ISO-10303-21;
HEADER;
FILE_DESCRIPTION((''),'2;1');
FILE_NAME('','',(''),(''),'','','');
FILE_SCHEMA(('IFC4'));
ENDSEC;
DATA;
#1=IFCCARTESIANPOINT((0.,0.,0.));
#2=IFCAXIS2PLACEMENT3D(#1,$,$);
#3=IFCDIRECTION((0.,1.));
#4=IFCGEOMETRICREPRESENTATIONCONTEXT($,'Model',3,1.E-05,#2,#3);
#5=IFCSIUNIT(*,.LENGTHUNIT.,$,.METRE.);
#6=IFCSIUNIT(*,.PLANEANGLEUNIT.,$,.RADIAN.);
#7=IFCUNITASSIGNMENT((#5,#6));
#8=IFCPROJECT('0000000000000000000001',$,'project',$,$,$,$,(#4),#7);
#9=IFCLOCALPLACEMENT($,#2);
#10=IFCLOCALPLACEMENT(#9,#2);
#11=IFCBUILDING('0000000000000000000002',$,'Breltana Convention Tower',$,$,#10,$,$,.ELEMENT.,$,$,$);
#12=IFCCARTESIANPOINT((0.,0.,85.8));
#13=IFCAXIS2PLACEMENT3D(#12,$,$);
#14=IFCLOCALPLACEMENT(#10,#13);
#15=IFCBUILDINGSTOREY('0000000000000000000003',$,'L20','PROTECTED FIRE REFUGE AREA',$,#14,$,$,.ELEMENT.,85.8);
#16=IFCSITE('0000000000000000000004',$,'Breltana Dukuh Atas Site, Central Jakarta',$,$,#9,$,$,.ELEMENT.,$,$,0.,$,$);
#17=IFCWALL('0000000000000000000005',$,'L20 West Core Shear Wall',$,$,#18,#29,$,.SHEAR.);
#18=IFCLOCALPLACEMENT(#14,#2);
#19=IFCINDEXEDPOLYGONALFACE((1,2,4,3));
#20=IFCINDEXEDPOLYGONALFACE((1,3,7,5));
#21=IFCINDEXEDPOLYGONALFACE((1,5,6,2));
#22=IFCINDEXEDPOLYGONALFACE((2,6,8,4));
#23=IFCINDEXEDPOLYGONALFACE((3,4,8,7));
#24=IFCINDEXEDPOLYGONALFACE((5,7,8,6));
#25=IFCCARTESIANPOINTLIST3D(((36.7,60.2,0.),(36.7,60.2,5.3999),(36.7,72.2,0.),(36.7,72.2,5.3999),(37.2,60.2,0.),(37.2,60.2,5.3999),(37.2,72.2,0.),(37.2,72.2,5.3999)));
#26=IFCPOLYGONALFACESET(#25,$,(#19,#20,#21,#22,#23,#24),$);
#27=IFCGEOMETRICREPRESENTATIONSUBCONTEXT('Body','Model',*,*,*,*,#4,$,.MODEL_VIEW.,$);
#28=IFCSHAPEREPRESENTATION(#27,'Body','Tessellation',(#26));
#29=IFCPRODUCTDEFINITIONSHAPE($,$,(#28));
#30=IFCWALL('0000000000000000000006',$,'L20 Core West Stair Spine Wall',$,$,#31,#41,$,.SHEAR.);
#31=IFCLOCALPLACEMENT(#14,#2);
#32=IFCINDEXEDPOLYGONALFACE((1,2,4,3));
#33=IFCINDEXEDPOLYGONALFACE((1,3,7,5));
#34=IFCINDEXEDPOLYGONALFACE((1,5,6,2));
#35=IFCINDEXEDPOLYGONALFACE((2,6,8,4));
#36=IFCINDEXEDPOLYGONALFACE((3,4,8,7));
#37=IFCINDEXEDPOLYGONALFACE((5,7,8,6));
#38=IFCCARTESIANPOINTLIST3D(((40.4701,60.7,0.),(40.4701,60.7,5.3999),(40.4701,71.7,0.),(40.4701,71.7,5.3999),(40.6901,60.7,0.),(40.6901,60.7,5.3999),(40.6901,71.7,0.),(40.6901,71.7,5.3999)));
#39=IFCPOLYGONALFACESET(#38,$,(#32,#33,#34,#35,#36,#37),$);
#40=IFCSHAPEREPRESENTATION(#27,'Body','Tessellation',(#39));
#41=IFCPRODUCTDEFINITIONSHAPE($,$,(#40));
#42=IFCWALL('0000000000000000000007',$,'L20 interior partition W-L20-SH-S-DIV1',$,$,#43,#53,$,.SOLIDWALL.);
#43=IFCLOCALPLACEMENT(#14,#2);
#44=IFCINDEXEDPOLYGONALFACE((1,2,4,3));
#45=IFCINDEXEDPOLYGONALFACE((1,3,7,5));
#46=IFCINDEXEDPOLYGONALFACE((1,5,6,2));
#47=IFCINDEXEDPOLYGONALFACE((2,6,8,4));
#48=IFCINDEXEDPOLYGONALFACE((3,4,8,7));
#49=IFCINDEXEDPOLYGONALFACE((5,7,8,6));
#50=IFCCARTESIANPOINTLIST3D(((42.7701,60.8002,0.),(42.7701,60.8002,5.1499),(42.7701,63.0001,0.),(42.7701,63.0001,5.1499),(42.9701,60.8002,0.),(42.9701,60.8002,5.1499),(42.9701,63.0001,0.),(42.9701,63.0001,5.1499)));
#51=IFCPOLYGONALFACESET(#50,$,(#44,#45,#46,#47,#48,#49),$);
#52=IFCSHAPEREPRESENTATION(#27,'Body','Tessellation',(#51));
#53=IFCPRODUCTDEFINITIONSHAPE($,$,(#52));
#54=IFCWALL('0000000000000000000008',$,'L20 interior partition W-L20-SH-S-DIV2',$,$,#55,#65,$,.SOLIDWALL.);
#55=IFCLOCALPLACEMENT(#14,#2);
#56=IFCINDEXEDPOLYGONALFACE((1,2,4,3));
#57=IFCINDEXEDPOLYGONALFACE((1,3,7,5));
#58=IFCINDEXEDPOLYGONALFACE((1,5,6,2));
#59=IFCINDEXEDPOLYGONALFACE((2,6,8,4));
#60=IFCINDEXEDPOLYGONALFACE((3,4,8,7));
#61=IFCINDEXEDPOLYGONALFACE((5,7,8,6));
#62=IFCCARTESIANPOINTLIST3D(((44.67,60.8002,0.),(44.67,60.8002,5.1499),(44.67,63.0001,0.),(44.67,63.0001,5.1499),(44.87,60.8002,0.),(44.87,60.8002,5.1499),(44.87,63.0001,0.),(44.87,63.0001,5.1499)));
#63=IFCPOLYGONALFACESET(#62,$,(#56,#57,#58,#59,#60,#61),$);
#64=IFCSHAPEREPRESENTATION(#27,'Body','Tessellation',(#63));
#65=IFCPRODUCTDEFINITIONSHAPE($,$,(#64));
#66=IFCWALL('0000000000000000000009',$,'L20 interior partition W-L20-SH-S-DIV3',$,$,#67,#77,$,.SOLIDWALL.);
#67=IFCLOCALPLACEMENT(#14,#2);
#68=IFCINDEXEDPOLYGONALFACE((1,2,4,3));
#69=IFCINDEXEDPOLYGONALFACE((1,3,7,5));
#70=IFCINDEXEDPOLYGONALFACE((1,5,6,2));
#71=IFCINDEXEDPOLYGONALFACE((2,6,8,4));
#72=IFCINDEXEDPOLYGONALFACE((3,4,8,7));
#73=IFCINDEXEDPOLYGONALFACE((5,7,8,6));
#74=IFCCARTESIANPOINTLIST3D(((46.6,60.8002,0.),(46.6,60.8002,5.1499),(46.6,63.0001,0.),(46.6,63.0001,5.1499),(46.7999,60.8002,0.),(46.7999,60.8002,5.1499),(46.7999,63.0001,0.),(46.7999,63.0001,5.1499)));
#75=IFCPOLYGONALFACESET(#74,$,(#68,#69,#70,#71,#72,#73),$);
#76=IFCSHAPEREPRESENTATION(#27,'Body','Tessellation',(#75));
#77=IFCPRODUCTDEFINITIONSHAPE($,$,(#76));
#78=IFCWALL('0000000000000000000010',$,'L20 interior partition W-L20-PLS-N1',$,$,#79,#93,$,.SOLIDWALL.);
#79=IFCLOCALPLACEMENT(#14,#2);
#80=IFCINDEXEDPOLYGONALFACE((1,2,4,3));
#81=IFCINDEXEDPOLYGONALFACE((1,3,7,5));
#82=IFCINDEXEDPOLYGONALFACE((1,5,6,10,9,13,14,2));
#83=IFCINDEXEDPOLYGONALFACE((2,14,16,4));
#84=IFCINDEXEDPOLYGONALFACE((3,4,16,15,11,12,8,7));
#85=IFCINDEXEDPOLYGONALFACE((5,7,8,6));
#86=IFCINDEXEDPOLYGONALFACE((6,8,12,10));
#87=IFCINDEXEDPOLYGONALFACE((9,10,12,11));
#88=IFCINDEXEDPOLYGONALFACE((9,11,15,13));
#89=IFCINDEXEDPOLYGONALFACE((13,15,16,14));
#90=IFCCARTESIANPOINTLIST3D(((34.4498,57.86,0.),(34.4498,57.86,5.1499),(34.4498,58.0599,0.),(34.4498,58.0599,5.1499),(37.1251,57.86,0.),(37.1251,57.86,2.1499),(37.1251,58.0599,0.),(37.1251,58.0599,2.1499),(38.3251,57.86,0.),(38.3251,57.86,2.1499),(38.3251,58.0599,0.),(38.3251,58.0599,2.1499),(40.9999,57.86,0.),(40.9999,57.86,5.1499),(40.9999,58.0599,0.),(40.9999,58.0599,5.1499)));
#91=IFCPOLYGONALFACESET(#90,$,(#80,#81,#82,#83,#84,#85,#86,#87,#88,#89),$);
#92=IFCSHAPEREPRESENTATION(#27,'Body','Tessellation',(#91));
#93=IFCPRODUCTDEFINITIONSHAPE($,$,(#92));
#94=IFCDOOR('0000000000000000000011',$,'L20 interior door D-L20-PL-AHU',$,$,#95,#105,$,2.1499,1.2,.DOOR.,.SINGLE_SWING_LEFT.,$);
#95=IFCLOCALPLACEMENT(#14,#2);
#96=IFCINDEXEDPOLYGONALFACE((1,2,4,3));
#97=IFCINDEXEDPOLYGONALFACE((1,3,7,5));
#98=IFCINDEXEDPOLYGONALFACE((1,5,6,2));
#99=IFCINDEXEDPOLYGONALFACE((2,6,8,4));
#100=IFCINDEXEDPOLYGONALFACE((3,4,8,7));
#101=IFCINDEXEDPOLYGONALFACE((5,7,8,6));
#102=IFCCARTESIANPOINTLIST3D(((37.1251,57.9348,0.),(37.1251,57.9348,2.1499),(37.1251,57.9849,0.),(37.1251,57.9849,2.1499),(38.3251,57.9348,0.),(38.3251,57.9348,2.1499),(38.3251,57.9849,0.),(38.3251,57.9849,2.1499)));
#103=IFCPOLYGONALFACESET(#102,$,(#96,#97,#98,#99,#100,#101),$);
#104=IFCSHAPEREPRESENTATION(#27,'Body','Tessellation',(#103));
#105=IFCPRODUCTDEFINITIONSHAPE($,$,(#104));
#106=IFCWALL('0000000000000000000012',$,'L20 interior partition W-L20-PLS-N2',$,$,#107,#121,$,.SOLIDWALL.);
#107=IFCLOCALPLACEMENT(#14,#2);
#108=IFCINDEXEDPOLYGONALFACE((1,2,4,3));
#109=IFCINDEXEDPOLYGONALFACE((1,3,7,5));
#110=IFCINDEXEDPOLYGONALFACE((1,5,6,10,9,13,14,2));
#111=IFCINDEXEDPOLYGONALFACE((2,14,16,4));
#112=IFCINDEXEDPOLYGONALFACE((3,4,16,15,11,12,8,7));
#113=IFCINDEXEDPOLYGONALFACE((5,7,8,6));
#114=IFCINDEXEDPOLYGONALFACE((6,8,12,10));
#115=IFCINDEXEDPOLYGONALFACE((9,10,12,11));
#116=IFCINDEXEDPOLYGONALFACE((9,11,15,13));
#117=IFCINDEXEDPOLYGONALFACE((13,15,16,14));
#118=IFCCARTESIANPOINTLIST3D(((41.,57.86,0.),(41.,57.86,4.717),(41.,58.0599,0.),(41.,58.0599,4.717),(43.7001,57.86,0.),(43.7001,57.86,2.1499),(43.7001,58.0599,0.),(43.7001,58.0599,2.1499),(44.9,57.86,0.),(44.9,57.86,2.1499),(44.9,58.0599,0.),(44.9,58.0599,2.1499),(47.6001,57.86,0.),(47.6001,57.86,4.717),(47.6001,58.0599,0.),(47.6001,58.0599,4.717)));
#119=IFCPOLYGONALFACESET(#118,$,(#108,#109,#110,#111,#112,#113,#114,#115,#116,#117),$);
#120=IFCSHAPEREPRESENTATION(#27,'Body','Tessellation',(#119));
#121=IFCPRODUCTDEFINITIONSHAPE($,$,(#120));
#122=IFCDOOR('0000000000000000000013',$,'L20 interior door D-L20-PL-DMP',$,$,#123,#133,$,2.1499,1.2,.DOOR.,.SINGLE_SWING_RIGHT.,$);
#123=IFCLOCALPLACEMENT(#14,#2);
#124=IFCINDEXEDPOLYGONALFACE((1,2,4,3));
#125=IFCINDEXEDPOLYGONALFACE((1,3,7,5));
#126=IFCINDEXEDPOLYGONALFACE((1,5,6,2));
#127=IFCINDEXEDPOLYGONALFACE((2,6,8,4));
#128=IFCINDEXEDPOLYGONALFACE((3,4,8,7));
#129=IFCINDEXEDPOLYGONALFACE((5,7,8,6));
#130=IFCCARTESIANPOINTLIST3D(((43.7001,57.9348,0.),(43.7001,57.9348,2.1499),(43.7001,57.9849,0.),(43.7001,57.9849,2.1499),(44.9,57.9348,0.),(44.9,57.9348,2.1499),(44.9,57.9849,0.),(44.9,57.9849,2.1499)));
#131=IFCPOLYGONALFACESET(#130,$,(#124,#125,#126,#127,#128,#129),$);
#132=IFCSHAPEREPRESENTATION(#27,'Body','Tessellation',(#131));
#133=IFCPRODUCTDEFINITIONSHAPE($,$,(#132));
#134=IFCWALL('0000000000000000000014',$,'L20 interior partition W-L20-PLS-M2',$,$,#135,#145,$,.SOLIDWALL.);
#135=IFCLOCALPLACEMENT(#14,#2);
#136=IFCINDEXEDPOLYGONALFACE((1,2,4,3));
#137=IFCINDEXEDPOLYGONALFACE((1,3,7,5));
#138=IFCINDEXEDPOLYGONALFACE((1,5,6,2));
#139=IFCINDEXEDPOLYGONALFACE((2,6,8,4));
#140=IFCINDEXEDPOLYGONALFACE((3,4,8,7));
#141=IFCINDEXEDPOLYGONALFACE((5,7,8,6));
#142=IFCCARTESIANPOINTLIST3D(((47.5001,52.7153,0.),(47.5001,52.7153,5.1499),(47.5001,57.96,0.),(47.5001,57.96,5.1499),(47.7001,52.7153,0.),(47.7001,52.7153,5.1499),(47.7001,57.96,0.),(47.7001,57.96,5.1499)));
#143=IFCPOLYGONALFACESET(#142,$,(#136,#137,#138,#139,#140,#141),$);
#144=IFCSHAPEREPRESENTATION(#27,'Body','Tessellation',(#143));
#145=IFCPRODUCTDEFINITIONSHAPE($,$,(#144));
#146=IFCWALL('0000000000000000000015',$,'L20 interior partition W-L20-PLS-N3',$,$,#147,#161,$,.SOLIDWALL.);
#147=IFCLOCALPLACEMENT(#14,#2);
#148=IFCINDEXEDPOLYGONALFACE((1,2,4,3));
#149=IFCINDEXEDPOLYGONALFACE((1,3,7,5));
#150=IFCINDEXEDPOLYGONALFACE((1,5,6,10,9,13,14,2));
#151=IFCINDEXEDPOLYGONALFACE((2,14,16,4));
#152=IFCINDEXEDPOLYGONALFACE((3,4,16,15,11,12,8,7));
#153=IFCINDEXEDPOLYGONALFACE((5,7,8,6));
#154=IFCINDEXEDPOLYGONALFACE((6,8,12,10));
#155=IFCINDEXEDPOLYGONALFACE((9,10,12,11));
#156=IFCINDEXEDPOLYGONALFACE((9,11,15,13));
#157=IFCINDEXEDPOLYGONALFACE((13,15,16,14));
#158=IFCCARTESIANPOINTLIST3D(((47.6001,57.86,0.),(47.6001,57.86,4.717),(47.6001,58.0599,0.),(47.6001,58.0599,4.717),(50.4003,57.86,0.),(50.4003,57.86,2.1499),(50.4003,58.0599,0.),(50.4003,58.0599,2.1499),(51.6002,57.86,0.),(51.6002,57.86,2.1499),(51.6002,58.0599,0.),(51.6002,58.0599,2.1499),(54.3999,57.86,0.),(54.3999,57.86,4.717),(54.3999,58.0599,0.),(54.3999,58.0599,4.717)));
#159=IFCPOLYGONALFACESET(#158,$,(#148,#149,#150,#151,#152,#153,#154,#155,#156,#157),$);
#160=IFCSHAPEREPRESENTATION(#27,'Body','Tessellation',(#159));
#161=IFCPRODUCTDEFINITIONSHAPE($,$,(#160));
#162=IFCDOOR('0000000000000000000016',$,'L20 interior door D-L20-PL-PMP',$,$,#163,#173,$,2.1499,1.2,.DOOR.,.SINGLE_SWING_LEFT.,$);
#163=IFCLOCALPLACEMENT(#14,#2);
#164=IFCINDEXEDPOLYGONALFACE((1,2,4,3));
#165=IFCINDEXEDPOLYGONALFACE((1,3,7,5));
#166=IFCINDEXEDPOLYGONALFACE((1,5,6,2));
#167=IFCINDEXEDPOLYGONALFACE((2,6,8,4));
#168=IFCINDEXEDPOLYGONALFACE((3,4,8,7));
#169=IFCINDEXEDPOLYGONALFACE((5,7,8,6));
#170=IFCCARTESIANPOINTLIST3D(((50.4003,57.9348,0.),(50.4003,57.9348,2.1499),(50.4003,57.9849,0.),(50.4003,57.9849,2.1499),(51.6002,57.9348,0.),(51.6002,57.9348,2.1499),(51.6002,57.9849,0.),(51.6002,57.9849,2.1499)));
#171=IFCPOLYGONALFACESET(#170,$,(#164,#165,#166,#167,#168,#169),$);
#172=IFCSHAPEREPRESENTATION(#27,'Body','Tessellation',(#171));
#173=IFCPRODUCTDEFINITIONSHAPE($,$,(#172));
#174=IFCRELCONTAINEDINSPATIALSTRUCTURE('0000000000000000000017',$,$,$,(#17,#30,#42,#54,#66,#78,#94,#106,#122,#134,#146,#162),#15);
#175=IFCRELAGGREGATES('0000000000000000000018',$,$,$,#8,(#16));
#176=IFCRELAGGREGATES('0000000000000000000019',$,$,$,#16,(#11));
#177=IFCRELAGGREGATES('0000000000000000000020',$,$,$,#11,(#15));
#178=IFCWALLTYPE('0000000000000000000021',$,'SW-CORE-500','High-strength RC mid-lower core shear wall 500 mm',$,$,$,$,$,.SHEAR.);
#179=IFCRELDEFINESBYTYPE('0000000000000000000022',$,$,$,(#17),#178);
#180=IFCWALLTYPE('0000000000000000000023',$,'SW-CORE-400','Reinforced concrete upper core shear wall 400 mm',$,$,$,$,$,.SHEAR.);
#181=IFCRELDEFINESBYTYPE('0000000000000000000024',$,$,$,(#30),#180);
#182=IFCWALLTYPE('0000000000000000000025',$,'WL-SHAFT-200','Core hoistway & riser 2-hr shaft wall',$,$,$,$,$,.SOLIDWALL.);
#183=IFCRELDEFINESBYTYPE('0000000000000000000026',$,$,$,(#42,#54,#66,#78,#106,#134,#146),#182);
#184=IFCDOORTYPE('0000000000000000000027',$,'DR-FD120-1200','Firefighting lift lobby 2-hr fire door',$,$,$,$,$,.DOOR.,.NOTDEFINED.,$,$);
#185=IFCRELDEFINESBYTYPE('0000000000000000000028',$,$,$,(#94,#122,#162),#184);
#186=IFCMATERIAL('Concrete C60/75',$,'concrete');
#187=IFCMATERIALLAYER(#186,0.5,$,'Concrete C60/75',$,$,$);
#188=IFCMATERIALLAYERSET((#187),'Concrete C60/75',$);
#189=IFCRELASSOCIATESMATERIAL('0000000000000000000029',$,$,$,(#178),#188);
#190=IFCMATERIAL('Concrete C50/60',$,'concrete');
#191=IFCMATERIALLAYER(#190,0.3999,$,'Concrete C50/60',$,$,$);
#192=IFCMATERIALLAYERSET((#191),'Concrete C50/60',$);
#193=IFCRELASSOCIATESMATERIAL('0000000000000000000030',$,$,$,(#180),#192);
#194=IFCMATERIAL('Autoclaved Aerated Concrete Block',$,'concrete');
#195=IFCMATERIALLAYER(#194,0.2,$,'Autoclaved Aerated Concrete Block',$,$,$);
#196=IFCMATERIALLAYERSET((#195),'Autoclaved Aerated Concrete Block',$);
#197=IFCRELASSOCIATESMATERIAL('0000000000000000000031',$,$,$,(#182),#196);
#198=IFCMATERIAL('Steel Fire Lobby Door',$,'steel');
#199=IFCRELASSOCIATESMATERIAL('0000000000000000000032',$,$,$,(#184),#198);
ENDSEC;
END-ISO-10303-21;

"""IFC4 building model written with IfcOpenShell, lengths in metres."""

from ifc_helpers import new_model, si_unit, direction, frame, frame_2d, origin, place, context, subcontext, project, spatial, rectangle, extrude, source, transform, mapped, material, layer, layer_set, type_object, type_shapes, element, fill, save


model = new_model("IFC4")

# Units and contexts
model_context = context("Model", 3, precision=1e-05, world=origin(), true_north=direction((0.0, 1.0)))
body_context = subcontext(model_context, "Body", "Model", "MODEL_VIEW")
ifc_project = project(units=[si_unit("LENGTHUNIT", "METRE"), si_unit("PLANEANGLEUNIT", "RADIAN")], contexts=[model_context])

# Site, building, storey
site_placement = place(None, origin())
site = spatial("IfcSite", under=ifc_project, at=site_placement, Name="Breltana Dukuh Atas Site, Central Jakarta", CompositionType="ELEMENT", RefElevation=0.0)
building_placement = place(site_placement, origin())
building = spatial("IfcBuilding", under=site, at=building_placement, Name="Breltana Convention Tower", CompositionType="ELEMENT")
storey_placement = place(building_placement, frame((0.0, 0.0, 85.8)))
storey = spatial("IfcBuildingStorey", under=building, at=storey_placement, Name="L20", Description="PROTECTED FIRE REFUGE AREA", CompositionType="ELEMENT", Elevation=85.8)

# Shared definitions
ifc_material_1 = material(Name="Concrete C60/75", Category="concrete")

# Wall
ifc_layer_1 = layer(ifc_material_1, 0.5, Name="Concrete C60/75")
ifc_layer_set_1 = layer_set([ifc_layer_1], Name="Concrete C60/75")
wall_type_1 = type_object("IfcWallType", Name="SW-CORE-500", Description="High-strength RC mid-lower core shear wall 500 mm", PredefinedType="SHEAR", material=ifc_layer_set_1)
shared_shape_1 = source(origin(), body_context, "Body", "SweptSolid", [
    extrude(rectangle(XDim=12.0, YDim=0.5, at=frame_2d((6.0, 0.0))), origin(), (0.0, 0.0, 1.0), 5.3999),
])
type_shapes(wall_type_1, [shared_shape_1])
wall_1_placement = place(storey_placement, frame((36.95, 60.2, 0.0), z_axis=(0.0, 0.0, 1.0), x_axis=(0.0, 1.0, 0.0)))
element("IfcWall", 1, at=wall_1_placement, inside=storey, type_object=wall_type_1, Name="L20 West Core Shear Wall", PredefinedType="SHEAR", context=body_context, shape_type="MappedRepresentation", body=[
    mapped(shared_shape_1, transform((0.0, 0.0, 0.0), scale=1.0)),
])

# Walls
ifc_material_2 = material(Name="Concrete C50/60", Category="concrete")
ifc_layer_2 = layer(ifc_material_2, 0.3999, Name="Concrete C50/60")
ifc_layer_set_2 = layer_set([ifc_layer_2], Name="Concrete C50/60")
wall_type_2 = type_object("IfcWallType", Name="SW-CORE-400", Description="Reinforced concrete upper core shear wall 400 mm", PredefinedType="SHEAR", material=ifc_layer_set_2)
shared_shape_2 = source(origin(), body_context, "Body", "SweptSolid", [
    extrude(rectangle(XDim=11.0, YDim=0.22, at=frame_2d((5.5, 0.0))), origin(), (0.0, 0.0, 1.0), 5.3999),
])
wall_2_placement = place(storey_placement, frame((40.5801, 60.7, 0.0), z_axis=(0.0, 0.0, 1.0), x_axis=(0.0, 1.0, 0.0)))
element("IfcWall", 2, at=wall_2_placement, inside=storey, type_object=wall_type_2, Name="L20 Core West Stair Spine Wall", PredefinedType="SHEAR", context=body_context, shape_type="MappedRepresentation", body=[
    mapped(shared_shape_2, transform((0.0, 0.0, 0.0), scale=1.0)),
])
ifc_material_3 = material(Name="Autoclaved Aerated Concrete Block", Category="concrete")
ifc_layer_3 = layer(ifc_material_3, 0.2, Name="Autoclaved Aerated Concrete Block")
ifc_layer_set_3 = layer_set([ifc_layer_3], Name="Autoclaved Aerated Concrete Block")
wall_type_3 = type_object("IfcWallType", Name="WL-SHAFT-200", Description="Core hoistway & riser 2-hr shaft wall", PredefinedType="SOLIDWALL", material=ifc_layer_set_3)
shared_shape_3 = source(origin(), body_context, "Body", "SweptSolid", [
    extrude(rectangle(XDim=2.2, YDim=0.2, at=frame_2d((1.1001, 0.0))), origin(), (0.0, 0.0, 1.0), 5.1499),
])
for number, where, z_axis, x_axis, name in (
    (3, (42.8701, 60.8, 0.0), (0.0, 0.0, 1.0), (0.0, 1.0, 0.0), "L20 interior partition W-L20-SH-S-DIV1"),
    (4, (44.77, 60.8, 0.0), (0.0, 0.0, 1.0), (0.0, 1.0, 0.0), "L20 interior partition W-L20-SH-S-DIV2"),
    (5, (46.7, 60.8, 0.0), (0.0, 0.0, 1.0), (0.0, 1.0, 0.0), "L20 interior partition W-L20-SH-S-DIV3"),
):
    element("IfcWall", number, at=place(storey_placement, frame(where, z_axis=z_axis, x_axis=x_axis)), inside=storey, type_object=wall_type_3, Name=name, PredefinedType="SOLIDWALL", context=body_context, shape_type="MappedRepresentation", body=[
        mapped(shared_shape_3, transform((0.0, 0.0, 0.0), scale=1.0)),
    ])

# Walls, openings, doors
shared_shape_4 = source(origin(), body_context, "Body", "SweptSolid", [
    extrude(rectangle(XDim=6.55, YDim=0.2, at=frame_2d((3.2749, 0.0))), origin(), (0.0, 0.0, 1.0), 5.1499),
])
wall_3_placement = place(storey_placement, frame((34.45, 57.96, 0.0), z_axis=(0.0, 0.0, 1.0), x_axis=(1.0, 0.0, 0.0)))
wall_3 = element("IfcWall", 6, at=wall_3_placement, inside=storey, type_object=wall_type_3, Name="L20 interior partition W-L20-PLS-N1", PredefinedType="SOLIDWALL", context=body_context, shape_type="MappedRepresentation", body=[
    mapped(shared_shape_4, transform((0.0, 0.0, 0.0), scale=1.0)),
])
opening_1_placement = place(wall_3_placement, frame((2.675, 0.0, 0.0)))
opening_1 = element("IfcOpeningElement", 7, at=opening_1_placement, cuts=wall_3, PredefinedType="OPENING", context=body_context, shape_type="SweptSolid", body=[
    extrude(rectangle(XDim=1.2, YDim=2.1499, at=frame_2d((0.6001, 1.075))), frame((0.0, 0.1099, 0.0), z_axis=(0.0, -1.0, 0.0), x_axis=(1.0, 0.0, 0.0)), (0.0, 0.0, 1.0), 0.22),
])
ifc_material_4 = material(Name="Steel Fire Lobby Door", Category="steel")
door_type_1 = type_object("IfcDoorType", Name="DR-FD120-1200", Description="Firefighting lift lobby 2-hr fire door", OperationType="NOTDEFINED", PredefinedType="DOOR", material=ifc_material_4)
shared_shape_5 = source(origin(), body_context, "Body", "SweptSolid", [
    extrude(rectangle(XDim=1.2, YDim=2.1499, at=frame_2d((0.6001, 1.075))), frame((0.0, 0.0249, 0.0), z_axis=(0.0, -1.0, 0.0), x_axis=(1.0, 0.0, 0.0)), (0.0, 0.0, 1.0), 0.05),
])
type_shapes(door_type_1, [shared_shape_5])
door_1_placement = place(opening_1_placement, origin())
door_1 = element("IfcDoor", 8, at=door_1_placement, inside=storey, type_object=door_type_1, Name="L20 interior door D-L20-PL-AHU", OperationType="SINGLE_SWING_LEFT", OverallHeight=2.1499, OverallWidth=1.2, PredefinedType="DOOR", context=body_context, shape_type="MappedRepresentation", body=[
    mapped(shared_shape_5, transform((0.0, 0.0, 0.0), scale=1.0)),
])
fill(opening_1, door_1)
shared_shape_6 = source(origin(), body_context, "Body", "SweptSolid", [
    extrude(rectangle(XDim=6.6001, YDim=0.2, at=frame_2d((3.3, 0.0))), origin(), (0.0, 0.0, 1.0), 4.717),
])
wall_4_placement = place(storey_placement, frame((41.0, 57.96, 0.0), z_axis=(0.0, 0.0, 1.0), x_axis=(1.0, 0.0, 0.0)))
wall_4 = element("IfcWall", 9, at=wall_4_placement, inside=storey, type_object=wall_type_3, Name="L20 interior partition W-L20-PLS-N2", PredefinedType="SOLIDWALL", context=body_context, shape_type="MappedRepresentation", body=[
    mapped(shared_shape_6, transform((0.0, 0.0, 0.0), scale=1.0)),
])
opening_2_placement = place(wall_4_placement, frame((2.7, 0.0, 0.0)))
opening_2 = element("IfcOpeningElement", 10, at=opening_2_placement, cuts=wall_4, PredefinedType="OPENING", context=body_context, shape_type="SweptSolid", body=[
    extrude(rectangle(XDim=1.2, YDim=2.1499, at=frame_2d((0.6001, 1.075))), frame((0.0, 0.1099, 0.0), z_axis=(0.0, -1.0, 0.0), x_axis=(1.0, 0.0, 0.0)), (0.0, 0.0, 1.0), 0.22),
])
door_2_placement = place(opening_2_placement, origin())
door_2 = element("IfcDoor", 11, at=door_2_placement, inside=storey, type_object=door_type_1, Name="L20 interior door D-L20-PL-DMP", OperationType="SINGLE_SWING_RIGHT", OverallHeight=2.1499, OverallWidth=1.2, PredefinedType="DOOR", context=body_context, shape_type="MappedRepresentation", body=[
    mapped(shared_shape_5, transform((0.0, 0.0, 0.0), scale=1.0)),
])
fill(opening_2, door_2)

# Wall
shared_shape_7 = source(origin(), body_context, "Body", "SweptSolid", [
    extrude(rectangle(XDim=5.2446, YDim=0.2, at=frame_2d((2.6223, 0.0))), origin(), (0.0, 0.0, 1.0), 5.1499),
])
wall_5_placement = place(storey_placement, frame((47.6001, 52.7153, 0.0), z_axis=(0.0, 0.0, 1.0), x_axis=(0.0, 1.0, 0.0)))
element("IfcWall", 12, at=wall_5_placement, inside=storey, type_object=wall_type_3, Name="L20 interior partition W-L20-PLS-M2", PredefinedType="SOLIDWALL", context=body_context, shape_type="MappedRepresentation", body=[
    mapped(shared_shape_7, transform((0.0, 0.0, 0.0), scale=1.0)),
])

# Wall, opening, door
shared_shape_8 = source(origin(), body_context, "Body", "SweptSolid", [
    extrude(rectangle(XDim=6.7998, YDim=0.2, at=frame_2d((3.3999, 0.0))), origin(), (0.0, 0.0, 1.0), 4.717),
])
wall_6_placement = place(storey_placement, frame((47.6001, 57.96, 0.0), z_axis=(0.0, 0.0, 1.0), x_axis=(1.0, 0.0, 0.0)))
wall_6 = element("IfcWall", 13, at=wall_6_placement, inside=storey, type_object=wall_type_3, Name="L20 interior partition W-L20-PLS-N3", PredefinedType="SOLIDWALL", context=body_context, shape_type="MappedRepresentation", body=[
    mapped(shared_shape_8, transform((0.0, 0.0, 0.0), scale=1.0)),
])
opening_3_placement = place(wall_6_placement, frame((2.8, 0.0, 0.0)))
opening_3 = element("IfcOpeningElement", 14, at=opening_3_placement, cuts=wall_6, PredefinedType="OPENING", context=body_context, shape_type="SweptSolid", body=[
    extrude(rectangle(XDim=1.2, YDim=2.1499, at=frame_2d((0.6001, 1.075))), frame((0.0, 0.1099, 0.0), z_axis=(0.0, -1.0, 0.0), x_axis=(1.0, 0.0, 0.0)), (0.0, 0.0, 1.0), 0.22),
])
door_3_placement = place(opening_3_placement, origin())
door_3 = element("IfcDoor", 15, at=door_3_placement, inside=storey, type_object=door_type_1, Name="L20 interior door D-L20-PL-PMP", OperationType="SINGLE_SWING_LEFT", OverallHeight=2.1499, OverallWidth=1.2, PredefinedType="DOOR", context=body_context, shape_type="MappedRepresentation", body=[
    mapped(shared_shape_5, transform((0.0, 0.0, 0.0), scale=1.0)),
])
fill(opening_3, door_3)

save(model, "model.ifc")
